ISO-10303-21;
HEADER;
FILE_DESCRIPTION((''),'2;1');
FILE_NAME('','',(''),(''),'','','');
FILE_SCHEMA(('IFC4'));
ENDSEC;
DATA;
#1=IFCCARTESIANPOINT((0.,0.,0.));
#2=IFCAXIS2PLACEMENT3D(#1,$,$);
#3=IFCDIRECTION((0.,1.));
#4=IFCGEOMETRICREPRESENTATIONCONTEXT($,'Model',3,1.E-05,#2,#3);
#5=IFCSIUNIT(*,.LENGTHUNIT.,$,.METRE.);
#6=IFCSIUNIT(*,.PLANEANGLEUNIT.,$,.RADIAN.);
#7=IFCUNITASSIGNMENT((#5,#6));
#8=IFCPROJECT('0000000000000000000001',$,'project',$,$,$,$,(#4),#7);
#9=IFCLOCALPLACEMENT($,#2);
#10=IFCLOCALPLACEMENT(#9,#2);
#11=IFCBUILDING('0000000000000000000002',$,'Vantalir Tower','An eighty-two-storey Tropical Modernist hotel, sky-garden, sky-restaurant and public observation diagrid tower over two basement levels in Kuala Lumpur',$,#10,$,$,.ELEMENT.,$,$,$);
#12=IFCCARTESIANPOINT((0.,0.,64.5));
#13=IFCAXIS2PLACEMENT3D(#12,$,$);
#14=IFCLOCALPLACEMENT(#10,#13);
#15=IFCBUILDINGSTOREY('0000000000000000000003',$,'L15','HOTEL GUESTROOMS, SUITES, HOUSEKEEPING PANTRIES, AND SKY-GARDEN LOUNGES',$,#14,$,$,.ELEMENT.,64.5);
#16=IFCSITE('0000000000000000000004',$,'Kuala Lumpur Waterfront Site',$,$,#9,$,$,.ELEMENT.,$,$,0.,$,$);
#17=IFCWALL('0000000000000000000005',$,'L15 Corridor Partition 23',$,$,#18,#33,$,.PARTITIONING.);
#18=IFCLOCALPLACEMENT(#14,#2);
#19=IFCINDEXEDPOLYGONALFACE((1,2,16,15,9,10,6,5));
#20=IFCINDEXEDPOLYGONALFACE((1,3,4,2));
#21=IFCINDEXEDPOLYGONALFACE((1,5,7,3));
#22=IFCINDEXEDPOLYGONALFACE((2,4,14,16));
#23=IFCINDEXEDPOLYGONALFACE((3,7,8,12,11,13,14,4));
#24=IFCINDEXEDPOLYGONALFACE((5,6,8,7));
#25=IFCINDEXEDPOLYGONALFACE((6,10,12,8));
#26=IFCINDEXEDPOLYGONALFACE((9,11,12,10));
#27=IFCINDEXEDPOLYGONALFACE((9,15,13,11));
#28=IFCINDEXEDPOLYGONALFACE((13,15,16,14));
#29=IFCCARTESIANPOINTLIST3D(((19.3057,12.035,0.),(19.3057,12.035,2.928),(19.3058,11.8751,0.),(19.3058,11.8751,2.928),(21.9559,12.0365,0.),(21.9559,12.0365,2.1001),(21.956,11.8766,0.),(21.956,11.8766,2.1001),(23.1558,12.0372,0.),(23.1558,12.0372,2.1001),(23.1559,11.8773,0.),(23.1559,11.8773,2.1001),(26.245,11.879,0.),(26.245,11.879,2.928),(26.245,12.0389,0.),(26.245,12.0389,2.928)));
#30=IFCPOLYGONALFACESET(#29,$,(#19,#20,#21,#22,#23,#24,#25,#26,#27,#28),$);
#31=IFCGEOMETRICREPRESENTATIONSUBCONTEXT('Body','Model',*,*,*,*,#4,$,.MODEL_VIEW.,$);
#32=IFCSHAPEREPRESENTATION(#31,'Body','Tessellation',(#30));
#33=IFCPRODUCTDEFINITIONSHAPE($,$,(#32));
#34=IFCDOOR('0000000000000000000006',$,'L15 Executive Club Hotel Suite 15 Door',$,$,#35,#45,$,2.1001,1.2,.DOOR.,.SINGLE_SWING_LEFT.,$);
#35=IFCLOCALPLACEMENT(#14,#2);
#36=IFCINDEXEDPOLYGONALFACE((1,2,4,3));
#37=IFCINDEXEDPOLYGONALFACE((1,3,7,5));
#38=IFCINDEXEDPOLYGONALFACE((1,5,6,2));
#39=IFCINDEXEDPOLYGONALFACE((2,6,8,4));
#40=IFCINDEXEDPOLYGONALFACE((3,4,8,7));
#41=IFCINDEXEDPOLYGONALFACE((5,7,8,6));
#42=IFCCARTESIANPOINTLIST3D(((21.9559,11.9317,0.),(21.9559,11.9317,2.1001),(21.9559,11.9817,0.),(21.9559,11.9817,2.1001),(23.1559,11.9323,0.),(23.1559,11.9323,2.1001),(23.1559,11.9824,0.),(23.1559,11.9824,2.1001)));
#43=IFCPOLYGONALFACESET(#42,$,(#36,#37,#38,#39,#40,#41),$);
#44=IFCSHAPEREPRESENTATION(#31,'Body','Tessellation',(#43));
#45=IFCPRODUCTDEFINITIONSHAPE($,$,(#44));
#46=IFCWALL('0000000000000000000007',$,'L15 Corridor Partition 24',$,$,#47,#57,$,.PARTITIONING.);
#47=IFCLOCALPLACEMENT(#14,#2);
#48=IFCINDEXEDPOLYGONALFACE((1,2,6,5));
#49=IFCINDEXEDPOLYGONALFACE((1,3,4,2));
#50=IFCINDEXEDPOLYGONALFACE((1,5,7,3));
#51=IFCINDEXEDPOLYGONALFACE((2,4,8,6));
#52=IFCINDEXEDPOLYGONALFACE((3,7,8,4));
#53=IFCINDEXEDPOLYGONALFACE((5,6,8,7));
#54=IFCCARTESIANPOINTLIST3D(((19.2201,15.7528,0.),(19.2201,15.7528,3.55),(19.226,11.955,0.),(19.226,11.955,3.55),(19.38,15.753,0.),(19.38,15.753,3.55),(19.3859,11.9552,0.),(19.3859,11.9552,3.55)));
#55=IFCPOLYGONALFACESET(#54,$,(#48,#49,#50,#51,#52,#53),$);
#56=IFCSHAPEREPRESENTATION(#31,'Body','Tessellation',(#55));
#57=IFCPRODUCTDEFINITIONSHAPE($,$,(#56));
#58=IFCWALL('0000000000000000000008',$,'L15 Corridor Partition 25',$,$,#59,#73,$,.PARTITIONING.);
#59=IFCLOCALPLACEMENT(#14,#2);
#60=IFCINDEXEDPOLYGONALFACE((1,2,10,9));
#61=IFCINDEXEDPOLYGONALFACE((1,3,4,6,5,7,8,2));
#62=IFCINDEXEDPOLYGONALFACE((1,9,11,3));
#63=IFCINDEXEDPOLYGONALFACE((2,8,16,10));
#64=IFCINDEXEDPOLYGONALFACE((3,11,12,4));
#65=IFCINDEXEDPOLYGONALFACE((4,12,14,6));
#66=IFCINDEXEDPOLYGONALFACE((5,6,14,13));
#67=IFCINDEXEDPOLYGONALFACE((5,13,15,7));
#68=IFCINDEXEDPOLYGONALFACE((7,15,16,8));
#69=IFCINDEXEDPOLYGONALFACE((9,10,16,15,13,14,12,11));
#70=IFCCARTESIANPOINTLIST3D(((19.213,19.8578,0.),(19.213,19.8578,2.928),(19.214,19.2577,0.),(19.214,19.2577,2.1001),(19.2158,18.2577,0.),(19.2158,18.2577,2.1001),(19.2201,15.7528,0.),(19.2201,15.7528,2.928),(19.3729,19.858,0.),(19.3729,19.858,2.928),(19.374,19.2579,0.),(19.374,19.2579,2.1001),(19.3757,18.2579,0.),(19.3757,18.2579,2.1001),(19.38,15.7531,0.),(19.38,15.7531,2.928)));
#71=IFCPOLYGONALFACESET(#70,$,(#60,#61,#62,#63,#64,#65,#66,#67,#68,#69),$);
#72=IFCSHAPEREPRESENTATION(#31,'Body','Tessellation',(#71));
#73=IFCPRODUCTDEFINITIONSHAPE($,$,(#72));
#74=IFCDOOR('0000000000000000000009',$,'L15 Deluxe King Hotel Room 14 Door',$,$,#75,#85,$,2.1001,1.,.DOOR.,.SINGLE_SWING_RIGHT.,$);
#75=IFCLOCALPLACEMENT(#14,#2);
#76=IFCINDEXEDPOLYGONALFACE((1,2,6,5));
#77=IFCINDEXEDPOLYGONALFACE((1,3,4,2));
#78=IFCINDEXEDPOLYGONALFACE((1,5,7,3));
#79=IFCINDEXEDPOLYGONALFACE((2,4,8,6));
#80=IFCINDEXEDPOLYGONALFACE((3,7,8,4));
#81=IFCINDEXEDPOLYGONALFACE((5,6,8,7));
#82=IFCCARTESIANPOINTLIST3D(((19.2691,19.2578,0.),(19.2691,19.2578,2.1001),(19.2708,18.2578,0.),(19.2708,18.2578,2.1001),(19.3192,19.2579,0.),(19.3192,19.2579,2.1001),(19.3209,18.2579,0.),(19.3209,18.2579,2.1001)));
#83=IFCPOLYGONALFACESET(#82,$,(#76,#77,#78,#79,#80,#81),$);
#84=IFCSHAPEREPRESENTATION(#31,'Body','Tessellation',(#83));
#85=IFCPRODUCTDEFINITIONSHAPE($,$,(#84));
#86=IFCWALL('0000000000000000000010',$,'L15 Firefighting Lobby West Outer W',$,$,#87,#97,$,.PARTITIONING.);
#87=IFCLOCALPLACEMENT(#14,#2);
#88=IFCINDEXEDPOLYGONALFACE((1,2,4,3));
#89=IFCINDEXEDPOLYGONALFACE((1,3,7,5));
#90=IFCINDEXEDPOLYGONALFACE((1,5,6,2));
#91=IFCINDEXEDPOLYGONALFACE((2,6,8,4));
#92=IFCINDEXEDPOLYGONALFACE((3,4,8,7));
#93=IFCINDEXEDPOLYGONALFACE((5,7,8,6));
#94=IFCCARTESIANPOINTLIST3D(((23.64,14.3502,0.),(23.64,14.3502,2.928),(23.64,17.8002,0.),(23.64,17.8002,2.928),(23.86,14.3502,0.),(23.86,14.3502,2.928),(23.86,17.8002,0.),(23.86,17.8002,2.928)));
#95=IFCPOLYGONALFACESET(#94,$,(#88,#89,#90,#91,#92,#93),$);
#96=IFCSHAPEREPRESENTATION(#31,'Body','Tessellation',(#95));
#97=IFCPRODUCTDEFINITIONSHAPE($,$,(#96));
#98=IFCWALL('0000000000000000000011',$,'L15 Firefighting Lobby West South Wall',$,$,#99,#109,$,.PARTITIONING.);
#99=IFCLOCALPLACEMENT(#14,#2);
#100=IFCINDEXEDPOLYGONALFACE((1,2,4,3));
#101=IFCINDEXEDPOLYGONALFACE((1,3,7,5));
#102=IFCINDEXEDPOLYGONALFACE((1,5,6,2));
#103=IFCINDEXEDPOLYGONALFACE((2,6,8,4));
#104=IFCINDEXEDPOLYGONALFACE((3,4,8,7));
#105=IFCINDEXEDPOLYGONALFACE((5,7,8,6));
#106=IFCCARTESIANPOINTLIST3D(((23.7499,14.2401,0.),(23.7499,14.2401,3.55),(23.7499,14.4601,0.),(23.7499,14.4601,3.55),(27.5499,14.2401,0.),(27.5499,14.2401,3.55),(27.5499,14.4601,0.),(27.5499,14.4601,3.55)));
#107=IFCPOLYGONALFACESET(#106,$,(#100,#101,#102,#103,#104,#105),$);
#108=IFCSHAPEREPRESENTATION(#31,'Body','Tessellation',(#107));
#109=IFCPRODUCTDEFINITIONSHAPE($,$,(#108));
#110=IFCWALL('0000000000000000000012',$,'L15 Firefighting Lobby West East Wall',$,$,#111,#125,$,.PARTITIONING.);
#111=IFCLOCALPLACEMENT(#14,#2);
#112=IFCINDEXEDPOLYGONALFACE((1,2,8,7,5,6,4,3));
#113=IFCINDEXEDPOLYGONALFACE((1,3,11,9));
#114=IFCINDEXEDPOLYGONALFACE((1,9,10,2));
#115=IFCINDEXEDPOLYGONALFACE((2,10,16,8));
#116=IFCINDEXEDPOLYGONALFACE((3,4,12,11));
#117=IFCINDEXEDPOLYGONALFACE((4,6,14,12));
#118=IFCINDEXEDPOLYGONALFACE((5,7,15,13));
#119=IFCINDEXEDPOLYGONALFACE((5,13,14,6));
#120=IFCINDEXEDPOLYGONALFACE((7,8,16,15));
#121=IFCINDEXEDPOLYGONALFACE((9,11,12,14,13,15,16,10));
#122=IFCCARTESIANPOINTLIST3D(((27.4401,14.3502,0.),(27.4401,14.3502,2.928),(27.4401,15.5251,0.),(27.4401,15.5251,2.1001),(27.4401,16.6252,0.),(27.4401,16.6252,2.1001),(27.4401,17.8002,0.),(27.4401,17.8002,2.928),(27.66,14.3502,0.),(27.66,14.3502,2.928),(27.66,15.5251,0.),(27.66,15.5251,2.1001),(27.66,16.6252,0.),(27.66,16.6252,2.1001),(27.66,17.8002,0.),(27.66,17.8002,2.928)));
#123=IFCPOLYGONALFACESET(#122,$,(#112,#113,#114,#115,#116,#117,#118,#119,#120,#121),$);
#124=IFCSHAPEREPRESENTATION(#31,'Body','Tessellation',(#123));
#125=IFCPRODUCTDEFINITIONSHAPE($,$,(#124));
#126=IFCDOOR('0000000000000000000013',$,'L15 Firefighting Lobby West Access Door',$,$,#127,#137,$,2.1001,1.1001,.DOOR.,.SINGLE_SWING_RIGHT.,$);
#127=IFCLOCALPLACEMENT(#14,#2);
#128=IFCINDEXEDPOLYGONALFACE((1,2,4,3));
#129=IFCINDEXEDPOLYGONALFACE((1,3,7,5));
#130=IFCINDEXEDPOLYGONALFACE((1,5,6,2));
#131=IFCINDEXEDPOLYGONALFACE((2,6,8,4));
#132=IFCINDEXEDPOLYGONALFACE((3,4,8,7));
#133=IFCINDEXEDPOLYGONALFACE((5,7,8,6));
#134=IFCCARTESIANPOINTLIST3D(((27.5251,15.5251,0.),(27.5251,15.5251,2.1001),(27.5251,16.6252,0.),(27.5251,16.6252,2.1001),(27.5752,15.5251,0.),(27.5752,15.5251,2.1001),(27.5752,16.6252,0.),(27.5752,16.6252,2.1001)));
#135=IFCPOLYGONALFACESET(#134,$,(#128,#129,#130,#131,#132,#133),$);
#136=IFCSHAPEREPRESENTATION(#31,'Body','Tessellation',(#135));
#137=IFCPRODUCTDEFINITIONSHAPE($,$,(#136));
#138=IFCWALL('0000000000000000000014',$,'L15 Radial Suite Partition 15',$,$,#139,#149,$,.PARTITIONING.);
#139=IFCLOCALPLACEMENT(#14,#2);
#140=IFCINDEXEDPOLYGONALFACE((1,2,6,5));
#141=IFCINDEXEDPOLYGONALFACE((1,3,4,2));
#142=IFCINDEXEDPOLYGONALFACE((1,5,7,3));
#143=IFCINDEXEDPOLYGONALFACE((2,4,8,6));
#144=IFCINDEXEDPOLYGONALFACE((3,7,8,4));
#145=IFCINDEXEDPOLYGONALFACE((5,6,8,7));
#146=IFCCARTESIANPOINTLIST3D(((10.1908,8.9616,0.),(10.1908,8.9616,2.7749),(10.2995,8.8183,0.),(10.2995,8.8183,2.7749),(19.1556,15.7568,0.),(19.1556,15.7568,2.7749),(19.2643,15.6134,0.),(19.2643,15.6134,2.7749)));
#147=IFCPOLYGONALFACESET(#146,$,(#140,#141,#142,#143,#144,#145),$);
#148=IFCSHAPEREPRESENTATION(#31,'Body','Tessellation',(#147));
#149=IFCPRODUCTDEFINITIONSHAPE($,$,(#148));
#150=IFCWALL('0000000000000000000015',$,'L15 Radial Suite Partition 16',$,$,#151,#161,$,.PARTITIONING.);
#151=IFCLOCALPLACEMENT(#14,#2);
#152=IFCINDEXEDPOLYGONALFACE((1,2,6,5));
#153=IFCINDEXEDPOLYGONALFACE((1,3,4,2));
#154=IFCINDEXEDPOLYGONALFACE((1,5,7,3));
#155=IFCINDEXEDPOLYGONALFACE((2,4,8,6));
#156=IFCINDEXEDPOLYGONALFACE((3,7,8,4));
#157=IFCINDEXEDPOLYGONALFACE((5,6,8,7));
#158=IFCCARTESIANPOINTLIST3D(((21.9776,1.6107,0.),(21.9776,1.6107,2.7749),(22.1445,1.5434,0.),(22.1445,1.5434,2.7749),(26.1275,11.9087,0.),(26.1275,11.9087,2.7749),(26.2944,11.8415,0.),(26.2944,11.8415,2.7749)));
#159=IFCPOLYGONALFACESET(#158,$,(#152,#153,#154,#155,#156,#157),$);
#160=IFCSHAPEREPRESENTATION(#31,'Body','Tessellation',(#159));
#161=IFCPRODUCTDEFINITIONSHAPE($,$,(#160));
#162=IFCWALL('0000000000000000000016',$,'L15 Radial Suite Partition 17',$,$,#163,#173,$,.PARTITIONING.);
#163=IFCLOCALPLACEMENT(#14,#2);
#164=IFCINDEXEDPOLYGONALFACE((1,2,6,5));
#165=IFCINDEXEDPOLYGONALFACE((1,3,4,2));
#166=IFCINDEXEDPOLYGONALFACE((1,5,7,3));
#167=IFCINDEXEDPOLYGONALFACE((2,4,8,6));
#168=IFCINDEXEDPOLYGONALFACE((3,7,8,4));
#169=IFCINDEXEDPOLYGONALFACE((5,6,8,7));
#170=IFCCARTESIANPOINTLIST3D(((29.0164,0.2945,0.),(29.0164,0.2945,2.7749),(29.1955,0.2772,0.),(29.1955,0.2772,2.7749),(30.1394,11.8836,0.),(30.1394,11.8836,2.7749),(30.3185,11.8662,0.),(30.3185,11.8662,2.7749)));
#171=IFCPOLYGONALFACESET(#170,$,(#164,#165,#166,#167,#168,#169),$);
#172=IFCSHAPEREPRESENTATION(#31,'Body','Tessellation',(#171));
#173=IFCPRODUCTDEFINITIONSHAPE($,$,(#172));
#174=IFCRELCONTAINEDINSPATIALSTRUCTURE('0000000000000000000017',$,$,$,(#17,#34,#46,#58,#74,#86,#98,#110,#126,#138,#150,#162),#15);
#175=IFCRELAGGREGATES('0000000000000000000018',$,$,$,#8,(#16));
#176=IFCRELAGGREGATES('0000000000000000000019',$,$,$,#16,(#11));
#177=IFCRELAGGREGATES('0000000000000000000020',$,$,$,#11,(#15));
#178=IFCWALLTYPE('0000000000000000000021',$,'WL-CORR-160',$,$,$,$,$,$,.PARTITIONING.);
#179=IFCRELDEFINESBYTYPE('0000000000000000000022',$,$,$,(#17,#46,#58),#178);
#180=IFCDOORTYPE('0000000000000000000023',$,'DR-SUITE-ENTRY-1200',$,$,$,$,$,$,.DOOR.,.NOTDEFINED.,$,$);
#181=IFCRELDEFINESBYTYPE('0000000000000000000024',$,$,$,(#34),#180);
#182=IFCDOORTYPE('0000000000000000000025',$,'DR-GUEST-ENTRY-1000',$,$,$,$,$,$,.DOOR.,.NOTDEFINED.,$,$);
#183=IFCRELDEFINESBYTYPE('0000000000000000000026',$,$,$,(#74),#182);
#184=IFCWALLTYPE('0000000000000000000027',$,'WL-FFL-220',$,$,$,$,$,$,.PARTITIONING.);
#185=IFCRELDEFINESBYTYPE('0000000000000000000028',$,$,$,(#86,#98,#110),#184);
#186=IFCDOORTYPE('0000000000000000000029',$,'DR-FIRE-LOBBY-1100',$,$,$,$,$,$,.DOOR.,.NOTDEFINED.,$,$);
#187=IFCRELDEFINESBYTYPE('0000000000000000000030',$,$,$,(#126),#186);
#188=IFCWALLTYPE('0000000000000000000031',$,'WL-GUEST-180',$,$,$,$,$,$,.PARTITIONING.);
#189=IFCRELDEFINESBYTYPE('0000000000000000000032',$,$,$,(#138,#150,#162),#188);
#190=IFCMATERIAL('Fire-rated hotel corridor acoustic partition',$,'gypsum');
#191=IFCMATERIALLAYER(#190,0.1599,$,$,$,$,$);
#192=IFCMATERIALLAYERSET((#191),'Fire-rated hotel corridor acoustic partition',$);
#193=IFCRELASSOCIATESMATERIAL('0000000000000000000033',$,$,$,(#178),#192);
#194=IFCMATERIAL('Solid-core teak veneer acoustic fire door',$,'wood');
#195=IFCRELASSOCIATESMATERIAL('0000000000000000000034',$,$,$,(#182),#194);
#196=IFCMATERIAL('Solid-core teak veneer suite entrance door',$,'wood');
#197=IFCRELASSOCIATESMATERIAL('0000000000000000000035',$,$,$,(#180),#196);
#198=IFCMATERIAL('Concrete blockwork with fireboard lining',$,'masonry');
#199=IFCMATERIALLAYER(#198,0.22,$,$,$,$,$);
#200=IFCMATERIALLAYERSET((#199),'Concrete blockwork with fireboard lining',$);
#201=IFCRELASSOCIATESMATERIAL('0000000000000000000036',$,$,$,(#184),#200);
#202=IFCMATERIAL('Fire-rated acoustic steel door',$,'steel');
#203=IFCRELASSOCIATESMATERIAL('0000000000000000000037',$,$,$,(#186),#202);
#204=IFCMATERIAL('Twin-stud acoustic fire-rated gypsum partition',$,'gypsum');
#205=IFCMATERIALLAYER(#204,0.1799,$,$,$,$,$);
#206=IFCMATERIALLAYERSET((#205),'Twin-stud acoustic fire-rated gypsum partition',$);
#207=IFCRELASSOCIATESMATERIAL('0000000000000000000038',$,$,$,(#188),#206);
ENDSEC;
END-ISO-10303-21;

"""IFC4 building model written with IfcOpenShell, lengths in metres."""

from ifc_helpers import new_model, si_unit, direction, frame, frame_2d, origin, place, context, subcontext, project, spatial, rectangle, extrude, material, layer, layer_set, type_object, element, fill, save


model = new_model("IFC4")

# Units and contexts
model_context = context("Model", 3, precision=1e-05, world=origin(), true_north=direction((0.0, 1.0)))
body_context = subcontext(model_context, "Body", "Model", "MODEL_VIEW")
ifc_project = project(units=[si_unit("LENGTHUNIT", "METRE"), si_unit("PLANEANGLEUNIT", "RADIAN")], contexts=[model_context])

# Site, building, storey
site_placement = place(None, origin())
site = spatial("IfcSite", under=ifc_project, at=site_placement, Name="Kuala Lumpur Waterfront Site", CompositionType="ELEMENT", RefElevation=0.0)
building_placement = place(site_placement, origin())
building = spatial("IfcBuilding", under=site, at=building_placement, Name="Vantalir Tower", Description="An eighty-two-storey Tropical Modernist hotel, sky-garden, sky-restaurant and public observation diagrid tower over two basement levels in Kuala Lumpur", CompositionType="ELEMENT")
storey_placement = place(building_placement, frame((0.0, 0.0, 64.5)))
storey = spatial("IfcBuildingStorey", under=building, at=storey_placement, Name="L15", Description="HOTEL GUESTROOMS, SUITES, HOUSEKEEPING PANTRIES, AND SKY-GARDEN LOUNGES", CompositionType="ELEMENT", Elevation=64.5)

# Wall, opening, door
ifc_material_1 = material(Name="Fire-rated hotel corridor acoustic partition", Category="gypsum")
ifc_layer_1 = layer(ifc_material_1, 0.1599)
ifc_layer_set_1 = layer_set([ifc_layer_1], Name="Fire-rated hotel corridor acoustic partition")
wall_type_1 = type_object("IfcWallType", Name="WL-CORR-160", PredefinedType="PARTITIONING", material=ifc_layer_set_1)
ifc_material_2 = material(Name="Solid-core teak veneer acoustic fire door", Category="wood")
door_type_1 = type_object("IfcDoorType", Name="DR-GUEST-ENTRY-1000", OperationType="NOTDEFINED", PredefinedType="DOOR", material=ifc_material_2)
wall_1_placement = place(storey_placement, frame((26.2451, 11.959, 0.0), z_axis=(0.0, 0.0, 1.0), x_axis=(-1.0, -0.000563, 0.0)))
wall_1 = element("IfcWall", 1, at=wall_1_placement, inside=storey, type_object=wall_type_1, Name="L15 Corridor Partition 23", PredefinedType="PARTITIONING", context=body_context, shape_type="SweptSolid", body=[
    extrude(rectangle(XDim=6.9392, YDim=0.1599, at=frame_2d((3.4697, 0.0))), origin(), (0.0, 0.0, 1.0), 2.928),
])
opening_1_placement = place(wall_1_placement, frame((3.0891, 0.0, 0.0)))
opening_1 = element("IfcOpeningElement", 2, at=opening_1_placement, cuts=wall_1, PredefinedType="OPENING", context=body_context, shape_type="SweptSolid", body=[
    extrude(rectangle(XDim=1.2, YDim=2.1001, at=frame_2d((0.6001, 1.05))), frame((0.0, 0.0898, 0.0), z_axis=(0.0, -1.0, 0.0), x_axis=(1.0, 0.0, 0.0)), (0.0, 0.0, 1.0), 0.1799),
])
ifc_material_3 = material(Name="Solid-core teak veneer suite entrance door", Category="wood")
door_type_2 = type_object("IfcDoorType", Name="DR-SUITE-ENTRY-1200", OperationType="NOTDEFINED", PredefinedType="DOOR", material=ifc_material_3)
door_1_placement = place(opening_1_placement, origin())
door_1 = element("IfcDoor", 3, at=door_1_placement, inside=storey, type_object=door_type_2, Name="L15 Executive Club Hotel Suite 15 Door", OperationType="SINGLE_SWING_LEFT", OverallHeight=2.1001, OverallWidth=1.2, PredefinedType="DOOR", context=body_context, shape_type="SweptSolid", body=[
    extrude(rectangle(XDim=1.2, YDim=2.1001, at=frame_2d((0.6001, 1.05))), frame((0.0, 0.0249, 0.0), z_axis=(0.0, -1.0, 0.0), x_axis=(1.0, 0.0, 0.0)), (0.0, 0.0, 1.0), 0.05),
])
fill(opening_1, door_1)

# Wall
wall_2_placement = place(storey_placement, frame((19.3059, 11.9551, 0.0), z_axis=(0.0, 0.0, 1.0), x_axis=(-0.001543, 0.999999, 0.0)))
element("IfcWall", 4, at=wall_2_placement, inside=storey, type_object=wall_type_1, Name="L15 Corridor Partition 24", PredefinedType="PARTITIONING", context=body_context, shape_type="SweptSolid", body=[
    extrude(rectangle(XDim=3.7979, YDim=0.1599, at=frame_2d((1.8989, 0.0))), origin(), (0.0, 0.0, 1.0), 3.55),
])

# Wall, opening, door
wall_3_placement = place(storey_placement, frame((19.3, 15.7529, 0.0), z_axis=(0.0, 0.0, 1.0), x_axis=(-0.001725, 0.999999, 0.0)))
wall_3 = element("IfcWall", 5, at=wall_3_placement, inside=storey, type_object=wall_type_1, Name="L15 Corridor Partition 25", PredefinedType="PARTITIONING", context=body_context, shape_type="SweptSolid", body=[
    extrude(rectangle(XDim=4.105, YDim=0.1599, at=frame_2d((2.0525, 0.0))), origin(), (0.0, 0.0, 1.0), 2.928),
])
opening_2_placement = place(wall_3_placement, frame((2.5049, 0.0, 0.0)))
opening_2 = element("IfcOpeningElement", 6, at=opening_2_placement, cuts=wall_3, PredefinedType="OPENING", context=body_context, shape_type="SweptSolid", body=[
    extrude(rectangle(XDim=1.0, YDim=2.1001, at=frame_2d((0.5, 1.05))), frame((0.0, 0.0898, 0.0), z_axis=(0.0, -1.0, 0.0), x_axis=(1.0, 0.0, 0.0)), (0.0, 0.0, 1.0), 0.1799),
])
door_2_placement = place(opening_2_placement, origin())
door_2 = element("IfcDoor", 7, at=door_2_placement, inside=storey, type_object=door_type_1, Name="L15 Deluxe King Hotel Room 14 Door", OperationType="SINGLE_SWING_RIGHT", OverallHeight=2.1001, OverallWidth=1.0, PredefinedType="DOOR", context=body_context, shape_type="SweptSolid", body=[
    extrude(rectangle(XDim=1.0, YDim=2.1001, at=frame_2d((0.5, 1.05))), frame((0.0, 0.0249, 0.0), z_axis=(0.0, -1.0, 0.0), x_axis=(1.0, 0.0, 0.0)), (0.0, 0.0, 1.0), 0.05),
])
fill(opening_2, door_2)

# Walls
ifc_material_4 = material(Name="Concrete blockwork with fireboard lining", Category="masonry")
ifc_layer_2 = layer(ifc_material_4, 0.22)
ifc_layer_set_2 = layer_set([ifc_layer_2], Name="Concrete blockwork with fireboard lining")
wall_type_2 = type_object("IfcWallType", Name="WL-FFL-220", PredefinedType="PARTITIONING", material=ifc_layer_set_2)
wall_4_placement = place(storey_placement, frame((23.75, 14.3501, 0.0), z_axis=(0.0, 0.0, 1.0), x_axis=(0.0, 1.0, 0.0)))
element("IfcWall", 8, at=wall_4_placement, inside=storey, type_object=wall_type_2, Name="L15 Firefighting Lobby West Outer W", PredefinedType="PARTITIONING", context=body_context, shape_type="SweptSolid", body=[
    extrude(rectangle(XDim=3.45, YDim=0.22, at=frame_2d((1.7251, 0.0))), origin(), (0.0, 0.0, 1.0), 2.928),
])
wall_5_placement = place(storey_placement, frame((23.75, 14.3501, 0.0), z_axis=(0.0, 0.0, 1.0), x_axis=(1.0, 0.0, 0.0)))
element("IfcWall", 9, at=wall_5_placement, inside=storey, type_object=wall_type_2, Name="L15 Firefighting Lobby West South Wall", PredefinedType="PARTITIONING", context=body_context, shape_type="SweptSolid", body=[
    extrude(rectangle(XDim=3.8, YDim=0.22, at=frame_2d((1.8999, 0.0))), origin(), (0.0, 0.0, 1.0), 3.55),
])

# Wall, opening, door
wall_6_placement = place(storey_placement, frame((27.55, 14.3501, 0.0), z_axis=(0.0, 0.0, 1.0), x_axis=(0.0, 1.0, 0.0)))
wall_6 = element("IfcWall", 10, at=wall_6_placement, inside=storey, type_object=wall_type_2, Name="L15 Firefighting Lobby West East Wall", PredefinedType="PARTITIONING", context=body_context, shape_type="SweptSolid", body=[
    extrude(rectangle(XDim=3.45, YDim=0.22, at=frame_2d((1.7251, 0.0))), origin(), (0.0, 0.0, 1.0), 2.928),
])
opening_3_placement = place(wall_6_placement, frame((1.175, 0.0, 0.0)))
opening_3 = element("IfcOpeningElement", 11, at=opening_3_placement, cuts=wall_6, PredefinedType="OPENING", context=body_context, shape_type="SweptSolid", body=[
    extrude(rectangle(XDim=1.1001, YDim=2.1001, at=frame_2d((0.55, 1.05))), frame((0.0, 0.1199, 0.0), z_axis=(0.0, -1.0, 0.0), x_axis=(1.0, 0.0, 0.0)), (0.0, 0.0, 1.0), 0.24),
])
ifc_material_5 = material(Name="Fire-rated acoustic steel door", Category="steel")
door_type_3 = type_object("IfcDoorType", Name="DR-FIRE-LOBBY-1100", OperationType="NOTDEFINED", PredefinedType="DOOR", material=ifc_material_5)
door_3_placement = place(opening_3_placement, origin())
door_3 = element("IfcDoor", 12, at=door_3_placement, inside=storey, type_object=door_type_3, Name="L15 Firefighting Lobby West Access Door", OperationType="SINGLE_SWING_RIGHT", OverallHeight=2.1001, OverallWidth=1.1001, PredefinedType="DOOR", context=body_context, shape_type="SweptSolid", body=[
    extrude(rectangle(XDim=1.1001, YDim=2.1001, at=frame_2d((0.55, 1.05))), frame((0.0, 0.0249, 0.0), z_axis=(0.0, -1.0, 0.0), x_axis=(1.0, 0.0, 0.0)), (0.0, 0.0, 1.0), 0.05),
])
fill(opening_3, door_3)

# Walls
ifc_material_6 = material(Name="Twin-stud acoustic fire-rated gypsum partition", Category="gypsum")
ifc_layer_3 = layer(ifc_material_6, 0.1799)
ifc_layer_set_3 = layer_set([ifc_layer_3], Name="Twin-stud acoustic fire-rated gypsum partition")
wall_type_3 = type_object("IfcWallType", Name="WL-GUEST-180", PredefinedType="PARTITIONING", material=ifc_layer_set_3)
wall_7_placement = place(storey_placement, frame((19.21, 15.6851, 0.0), z_axis=(0.0, 0.0, 1.0), x_axis=(-0.796937, -0.604062, 0.0)))
element("IfcWall", 13, at=wall_7_placement, inside=storey, type_object=wall_type_3, Name="L15 Radial Suite Partition 15", PredefinedType="PARTITIONING", context=body_context, shape_type="SweptSolid", body=[
    extrude(rectangle(XDim=11.249, YDim=0.1799, at=frame_2d((5.6245, 0.0))), origin(), (0.0, 0.0, 1.0), 2.7749),
])
wall_8_placement = place(storey_placement, frame((26.2109, 11.875, 0.0), z_axis=(0.0, 0.0, 1.0), x_axis=(-0.37377, -0.927521, 0.0)))
element("IfcWall", 14, at=wall_8_placement, inside=storey, type_object=wall_type_3, Name="L15 Radial Suite Partition 16", PredefinedType="PARTITIONING", context=body_context, shape_type="SweptSolid", body=[
    extrude(rectangle(XDim=11.1028, YDim=0.1799, at=frame_2d((5.5513, 0.0))), origin(), (0.0, 0.0, 1.0), 2.7749),
])
wall_9_placement = place(storey_placement, frame((30.229, 11.875, 0.0), z_axis=(0.0, 0.0, 1.0), x_axis=(-0.096454, -0.995337, 0.0)))
element("IfcWall", 15, at=wall_9_placement, inside=storey, type_object=wall_type_3, Name="L15 Radial Suite Partition 17", PredefinedType="PARTITIONING", context=body_context, shape_type="SweptSolid", body=[
    extrude(rectangle(XDim=11.6433, YDim=0.1799, at=frame_2d((5.8218, 0.0))), origin(), (0.0, 0.0, 1.0), 2.7749),
])

save(model, "model.ifc")
